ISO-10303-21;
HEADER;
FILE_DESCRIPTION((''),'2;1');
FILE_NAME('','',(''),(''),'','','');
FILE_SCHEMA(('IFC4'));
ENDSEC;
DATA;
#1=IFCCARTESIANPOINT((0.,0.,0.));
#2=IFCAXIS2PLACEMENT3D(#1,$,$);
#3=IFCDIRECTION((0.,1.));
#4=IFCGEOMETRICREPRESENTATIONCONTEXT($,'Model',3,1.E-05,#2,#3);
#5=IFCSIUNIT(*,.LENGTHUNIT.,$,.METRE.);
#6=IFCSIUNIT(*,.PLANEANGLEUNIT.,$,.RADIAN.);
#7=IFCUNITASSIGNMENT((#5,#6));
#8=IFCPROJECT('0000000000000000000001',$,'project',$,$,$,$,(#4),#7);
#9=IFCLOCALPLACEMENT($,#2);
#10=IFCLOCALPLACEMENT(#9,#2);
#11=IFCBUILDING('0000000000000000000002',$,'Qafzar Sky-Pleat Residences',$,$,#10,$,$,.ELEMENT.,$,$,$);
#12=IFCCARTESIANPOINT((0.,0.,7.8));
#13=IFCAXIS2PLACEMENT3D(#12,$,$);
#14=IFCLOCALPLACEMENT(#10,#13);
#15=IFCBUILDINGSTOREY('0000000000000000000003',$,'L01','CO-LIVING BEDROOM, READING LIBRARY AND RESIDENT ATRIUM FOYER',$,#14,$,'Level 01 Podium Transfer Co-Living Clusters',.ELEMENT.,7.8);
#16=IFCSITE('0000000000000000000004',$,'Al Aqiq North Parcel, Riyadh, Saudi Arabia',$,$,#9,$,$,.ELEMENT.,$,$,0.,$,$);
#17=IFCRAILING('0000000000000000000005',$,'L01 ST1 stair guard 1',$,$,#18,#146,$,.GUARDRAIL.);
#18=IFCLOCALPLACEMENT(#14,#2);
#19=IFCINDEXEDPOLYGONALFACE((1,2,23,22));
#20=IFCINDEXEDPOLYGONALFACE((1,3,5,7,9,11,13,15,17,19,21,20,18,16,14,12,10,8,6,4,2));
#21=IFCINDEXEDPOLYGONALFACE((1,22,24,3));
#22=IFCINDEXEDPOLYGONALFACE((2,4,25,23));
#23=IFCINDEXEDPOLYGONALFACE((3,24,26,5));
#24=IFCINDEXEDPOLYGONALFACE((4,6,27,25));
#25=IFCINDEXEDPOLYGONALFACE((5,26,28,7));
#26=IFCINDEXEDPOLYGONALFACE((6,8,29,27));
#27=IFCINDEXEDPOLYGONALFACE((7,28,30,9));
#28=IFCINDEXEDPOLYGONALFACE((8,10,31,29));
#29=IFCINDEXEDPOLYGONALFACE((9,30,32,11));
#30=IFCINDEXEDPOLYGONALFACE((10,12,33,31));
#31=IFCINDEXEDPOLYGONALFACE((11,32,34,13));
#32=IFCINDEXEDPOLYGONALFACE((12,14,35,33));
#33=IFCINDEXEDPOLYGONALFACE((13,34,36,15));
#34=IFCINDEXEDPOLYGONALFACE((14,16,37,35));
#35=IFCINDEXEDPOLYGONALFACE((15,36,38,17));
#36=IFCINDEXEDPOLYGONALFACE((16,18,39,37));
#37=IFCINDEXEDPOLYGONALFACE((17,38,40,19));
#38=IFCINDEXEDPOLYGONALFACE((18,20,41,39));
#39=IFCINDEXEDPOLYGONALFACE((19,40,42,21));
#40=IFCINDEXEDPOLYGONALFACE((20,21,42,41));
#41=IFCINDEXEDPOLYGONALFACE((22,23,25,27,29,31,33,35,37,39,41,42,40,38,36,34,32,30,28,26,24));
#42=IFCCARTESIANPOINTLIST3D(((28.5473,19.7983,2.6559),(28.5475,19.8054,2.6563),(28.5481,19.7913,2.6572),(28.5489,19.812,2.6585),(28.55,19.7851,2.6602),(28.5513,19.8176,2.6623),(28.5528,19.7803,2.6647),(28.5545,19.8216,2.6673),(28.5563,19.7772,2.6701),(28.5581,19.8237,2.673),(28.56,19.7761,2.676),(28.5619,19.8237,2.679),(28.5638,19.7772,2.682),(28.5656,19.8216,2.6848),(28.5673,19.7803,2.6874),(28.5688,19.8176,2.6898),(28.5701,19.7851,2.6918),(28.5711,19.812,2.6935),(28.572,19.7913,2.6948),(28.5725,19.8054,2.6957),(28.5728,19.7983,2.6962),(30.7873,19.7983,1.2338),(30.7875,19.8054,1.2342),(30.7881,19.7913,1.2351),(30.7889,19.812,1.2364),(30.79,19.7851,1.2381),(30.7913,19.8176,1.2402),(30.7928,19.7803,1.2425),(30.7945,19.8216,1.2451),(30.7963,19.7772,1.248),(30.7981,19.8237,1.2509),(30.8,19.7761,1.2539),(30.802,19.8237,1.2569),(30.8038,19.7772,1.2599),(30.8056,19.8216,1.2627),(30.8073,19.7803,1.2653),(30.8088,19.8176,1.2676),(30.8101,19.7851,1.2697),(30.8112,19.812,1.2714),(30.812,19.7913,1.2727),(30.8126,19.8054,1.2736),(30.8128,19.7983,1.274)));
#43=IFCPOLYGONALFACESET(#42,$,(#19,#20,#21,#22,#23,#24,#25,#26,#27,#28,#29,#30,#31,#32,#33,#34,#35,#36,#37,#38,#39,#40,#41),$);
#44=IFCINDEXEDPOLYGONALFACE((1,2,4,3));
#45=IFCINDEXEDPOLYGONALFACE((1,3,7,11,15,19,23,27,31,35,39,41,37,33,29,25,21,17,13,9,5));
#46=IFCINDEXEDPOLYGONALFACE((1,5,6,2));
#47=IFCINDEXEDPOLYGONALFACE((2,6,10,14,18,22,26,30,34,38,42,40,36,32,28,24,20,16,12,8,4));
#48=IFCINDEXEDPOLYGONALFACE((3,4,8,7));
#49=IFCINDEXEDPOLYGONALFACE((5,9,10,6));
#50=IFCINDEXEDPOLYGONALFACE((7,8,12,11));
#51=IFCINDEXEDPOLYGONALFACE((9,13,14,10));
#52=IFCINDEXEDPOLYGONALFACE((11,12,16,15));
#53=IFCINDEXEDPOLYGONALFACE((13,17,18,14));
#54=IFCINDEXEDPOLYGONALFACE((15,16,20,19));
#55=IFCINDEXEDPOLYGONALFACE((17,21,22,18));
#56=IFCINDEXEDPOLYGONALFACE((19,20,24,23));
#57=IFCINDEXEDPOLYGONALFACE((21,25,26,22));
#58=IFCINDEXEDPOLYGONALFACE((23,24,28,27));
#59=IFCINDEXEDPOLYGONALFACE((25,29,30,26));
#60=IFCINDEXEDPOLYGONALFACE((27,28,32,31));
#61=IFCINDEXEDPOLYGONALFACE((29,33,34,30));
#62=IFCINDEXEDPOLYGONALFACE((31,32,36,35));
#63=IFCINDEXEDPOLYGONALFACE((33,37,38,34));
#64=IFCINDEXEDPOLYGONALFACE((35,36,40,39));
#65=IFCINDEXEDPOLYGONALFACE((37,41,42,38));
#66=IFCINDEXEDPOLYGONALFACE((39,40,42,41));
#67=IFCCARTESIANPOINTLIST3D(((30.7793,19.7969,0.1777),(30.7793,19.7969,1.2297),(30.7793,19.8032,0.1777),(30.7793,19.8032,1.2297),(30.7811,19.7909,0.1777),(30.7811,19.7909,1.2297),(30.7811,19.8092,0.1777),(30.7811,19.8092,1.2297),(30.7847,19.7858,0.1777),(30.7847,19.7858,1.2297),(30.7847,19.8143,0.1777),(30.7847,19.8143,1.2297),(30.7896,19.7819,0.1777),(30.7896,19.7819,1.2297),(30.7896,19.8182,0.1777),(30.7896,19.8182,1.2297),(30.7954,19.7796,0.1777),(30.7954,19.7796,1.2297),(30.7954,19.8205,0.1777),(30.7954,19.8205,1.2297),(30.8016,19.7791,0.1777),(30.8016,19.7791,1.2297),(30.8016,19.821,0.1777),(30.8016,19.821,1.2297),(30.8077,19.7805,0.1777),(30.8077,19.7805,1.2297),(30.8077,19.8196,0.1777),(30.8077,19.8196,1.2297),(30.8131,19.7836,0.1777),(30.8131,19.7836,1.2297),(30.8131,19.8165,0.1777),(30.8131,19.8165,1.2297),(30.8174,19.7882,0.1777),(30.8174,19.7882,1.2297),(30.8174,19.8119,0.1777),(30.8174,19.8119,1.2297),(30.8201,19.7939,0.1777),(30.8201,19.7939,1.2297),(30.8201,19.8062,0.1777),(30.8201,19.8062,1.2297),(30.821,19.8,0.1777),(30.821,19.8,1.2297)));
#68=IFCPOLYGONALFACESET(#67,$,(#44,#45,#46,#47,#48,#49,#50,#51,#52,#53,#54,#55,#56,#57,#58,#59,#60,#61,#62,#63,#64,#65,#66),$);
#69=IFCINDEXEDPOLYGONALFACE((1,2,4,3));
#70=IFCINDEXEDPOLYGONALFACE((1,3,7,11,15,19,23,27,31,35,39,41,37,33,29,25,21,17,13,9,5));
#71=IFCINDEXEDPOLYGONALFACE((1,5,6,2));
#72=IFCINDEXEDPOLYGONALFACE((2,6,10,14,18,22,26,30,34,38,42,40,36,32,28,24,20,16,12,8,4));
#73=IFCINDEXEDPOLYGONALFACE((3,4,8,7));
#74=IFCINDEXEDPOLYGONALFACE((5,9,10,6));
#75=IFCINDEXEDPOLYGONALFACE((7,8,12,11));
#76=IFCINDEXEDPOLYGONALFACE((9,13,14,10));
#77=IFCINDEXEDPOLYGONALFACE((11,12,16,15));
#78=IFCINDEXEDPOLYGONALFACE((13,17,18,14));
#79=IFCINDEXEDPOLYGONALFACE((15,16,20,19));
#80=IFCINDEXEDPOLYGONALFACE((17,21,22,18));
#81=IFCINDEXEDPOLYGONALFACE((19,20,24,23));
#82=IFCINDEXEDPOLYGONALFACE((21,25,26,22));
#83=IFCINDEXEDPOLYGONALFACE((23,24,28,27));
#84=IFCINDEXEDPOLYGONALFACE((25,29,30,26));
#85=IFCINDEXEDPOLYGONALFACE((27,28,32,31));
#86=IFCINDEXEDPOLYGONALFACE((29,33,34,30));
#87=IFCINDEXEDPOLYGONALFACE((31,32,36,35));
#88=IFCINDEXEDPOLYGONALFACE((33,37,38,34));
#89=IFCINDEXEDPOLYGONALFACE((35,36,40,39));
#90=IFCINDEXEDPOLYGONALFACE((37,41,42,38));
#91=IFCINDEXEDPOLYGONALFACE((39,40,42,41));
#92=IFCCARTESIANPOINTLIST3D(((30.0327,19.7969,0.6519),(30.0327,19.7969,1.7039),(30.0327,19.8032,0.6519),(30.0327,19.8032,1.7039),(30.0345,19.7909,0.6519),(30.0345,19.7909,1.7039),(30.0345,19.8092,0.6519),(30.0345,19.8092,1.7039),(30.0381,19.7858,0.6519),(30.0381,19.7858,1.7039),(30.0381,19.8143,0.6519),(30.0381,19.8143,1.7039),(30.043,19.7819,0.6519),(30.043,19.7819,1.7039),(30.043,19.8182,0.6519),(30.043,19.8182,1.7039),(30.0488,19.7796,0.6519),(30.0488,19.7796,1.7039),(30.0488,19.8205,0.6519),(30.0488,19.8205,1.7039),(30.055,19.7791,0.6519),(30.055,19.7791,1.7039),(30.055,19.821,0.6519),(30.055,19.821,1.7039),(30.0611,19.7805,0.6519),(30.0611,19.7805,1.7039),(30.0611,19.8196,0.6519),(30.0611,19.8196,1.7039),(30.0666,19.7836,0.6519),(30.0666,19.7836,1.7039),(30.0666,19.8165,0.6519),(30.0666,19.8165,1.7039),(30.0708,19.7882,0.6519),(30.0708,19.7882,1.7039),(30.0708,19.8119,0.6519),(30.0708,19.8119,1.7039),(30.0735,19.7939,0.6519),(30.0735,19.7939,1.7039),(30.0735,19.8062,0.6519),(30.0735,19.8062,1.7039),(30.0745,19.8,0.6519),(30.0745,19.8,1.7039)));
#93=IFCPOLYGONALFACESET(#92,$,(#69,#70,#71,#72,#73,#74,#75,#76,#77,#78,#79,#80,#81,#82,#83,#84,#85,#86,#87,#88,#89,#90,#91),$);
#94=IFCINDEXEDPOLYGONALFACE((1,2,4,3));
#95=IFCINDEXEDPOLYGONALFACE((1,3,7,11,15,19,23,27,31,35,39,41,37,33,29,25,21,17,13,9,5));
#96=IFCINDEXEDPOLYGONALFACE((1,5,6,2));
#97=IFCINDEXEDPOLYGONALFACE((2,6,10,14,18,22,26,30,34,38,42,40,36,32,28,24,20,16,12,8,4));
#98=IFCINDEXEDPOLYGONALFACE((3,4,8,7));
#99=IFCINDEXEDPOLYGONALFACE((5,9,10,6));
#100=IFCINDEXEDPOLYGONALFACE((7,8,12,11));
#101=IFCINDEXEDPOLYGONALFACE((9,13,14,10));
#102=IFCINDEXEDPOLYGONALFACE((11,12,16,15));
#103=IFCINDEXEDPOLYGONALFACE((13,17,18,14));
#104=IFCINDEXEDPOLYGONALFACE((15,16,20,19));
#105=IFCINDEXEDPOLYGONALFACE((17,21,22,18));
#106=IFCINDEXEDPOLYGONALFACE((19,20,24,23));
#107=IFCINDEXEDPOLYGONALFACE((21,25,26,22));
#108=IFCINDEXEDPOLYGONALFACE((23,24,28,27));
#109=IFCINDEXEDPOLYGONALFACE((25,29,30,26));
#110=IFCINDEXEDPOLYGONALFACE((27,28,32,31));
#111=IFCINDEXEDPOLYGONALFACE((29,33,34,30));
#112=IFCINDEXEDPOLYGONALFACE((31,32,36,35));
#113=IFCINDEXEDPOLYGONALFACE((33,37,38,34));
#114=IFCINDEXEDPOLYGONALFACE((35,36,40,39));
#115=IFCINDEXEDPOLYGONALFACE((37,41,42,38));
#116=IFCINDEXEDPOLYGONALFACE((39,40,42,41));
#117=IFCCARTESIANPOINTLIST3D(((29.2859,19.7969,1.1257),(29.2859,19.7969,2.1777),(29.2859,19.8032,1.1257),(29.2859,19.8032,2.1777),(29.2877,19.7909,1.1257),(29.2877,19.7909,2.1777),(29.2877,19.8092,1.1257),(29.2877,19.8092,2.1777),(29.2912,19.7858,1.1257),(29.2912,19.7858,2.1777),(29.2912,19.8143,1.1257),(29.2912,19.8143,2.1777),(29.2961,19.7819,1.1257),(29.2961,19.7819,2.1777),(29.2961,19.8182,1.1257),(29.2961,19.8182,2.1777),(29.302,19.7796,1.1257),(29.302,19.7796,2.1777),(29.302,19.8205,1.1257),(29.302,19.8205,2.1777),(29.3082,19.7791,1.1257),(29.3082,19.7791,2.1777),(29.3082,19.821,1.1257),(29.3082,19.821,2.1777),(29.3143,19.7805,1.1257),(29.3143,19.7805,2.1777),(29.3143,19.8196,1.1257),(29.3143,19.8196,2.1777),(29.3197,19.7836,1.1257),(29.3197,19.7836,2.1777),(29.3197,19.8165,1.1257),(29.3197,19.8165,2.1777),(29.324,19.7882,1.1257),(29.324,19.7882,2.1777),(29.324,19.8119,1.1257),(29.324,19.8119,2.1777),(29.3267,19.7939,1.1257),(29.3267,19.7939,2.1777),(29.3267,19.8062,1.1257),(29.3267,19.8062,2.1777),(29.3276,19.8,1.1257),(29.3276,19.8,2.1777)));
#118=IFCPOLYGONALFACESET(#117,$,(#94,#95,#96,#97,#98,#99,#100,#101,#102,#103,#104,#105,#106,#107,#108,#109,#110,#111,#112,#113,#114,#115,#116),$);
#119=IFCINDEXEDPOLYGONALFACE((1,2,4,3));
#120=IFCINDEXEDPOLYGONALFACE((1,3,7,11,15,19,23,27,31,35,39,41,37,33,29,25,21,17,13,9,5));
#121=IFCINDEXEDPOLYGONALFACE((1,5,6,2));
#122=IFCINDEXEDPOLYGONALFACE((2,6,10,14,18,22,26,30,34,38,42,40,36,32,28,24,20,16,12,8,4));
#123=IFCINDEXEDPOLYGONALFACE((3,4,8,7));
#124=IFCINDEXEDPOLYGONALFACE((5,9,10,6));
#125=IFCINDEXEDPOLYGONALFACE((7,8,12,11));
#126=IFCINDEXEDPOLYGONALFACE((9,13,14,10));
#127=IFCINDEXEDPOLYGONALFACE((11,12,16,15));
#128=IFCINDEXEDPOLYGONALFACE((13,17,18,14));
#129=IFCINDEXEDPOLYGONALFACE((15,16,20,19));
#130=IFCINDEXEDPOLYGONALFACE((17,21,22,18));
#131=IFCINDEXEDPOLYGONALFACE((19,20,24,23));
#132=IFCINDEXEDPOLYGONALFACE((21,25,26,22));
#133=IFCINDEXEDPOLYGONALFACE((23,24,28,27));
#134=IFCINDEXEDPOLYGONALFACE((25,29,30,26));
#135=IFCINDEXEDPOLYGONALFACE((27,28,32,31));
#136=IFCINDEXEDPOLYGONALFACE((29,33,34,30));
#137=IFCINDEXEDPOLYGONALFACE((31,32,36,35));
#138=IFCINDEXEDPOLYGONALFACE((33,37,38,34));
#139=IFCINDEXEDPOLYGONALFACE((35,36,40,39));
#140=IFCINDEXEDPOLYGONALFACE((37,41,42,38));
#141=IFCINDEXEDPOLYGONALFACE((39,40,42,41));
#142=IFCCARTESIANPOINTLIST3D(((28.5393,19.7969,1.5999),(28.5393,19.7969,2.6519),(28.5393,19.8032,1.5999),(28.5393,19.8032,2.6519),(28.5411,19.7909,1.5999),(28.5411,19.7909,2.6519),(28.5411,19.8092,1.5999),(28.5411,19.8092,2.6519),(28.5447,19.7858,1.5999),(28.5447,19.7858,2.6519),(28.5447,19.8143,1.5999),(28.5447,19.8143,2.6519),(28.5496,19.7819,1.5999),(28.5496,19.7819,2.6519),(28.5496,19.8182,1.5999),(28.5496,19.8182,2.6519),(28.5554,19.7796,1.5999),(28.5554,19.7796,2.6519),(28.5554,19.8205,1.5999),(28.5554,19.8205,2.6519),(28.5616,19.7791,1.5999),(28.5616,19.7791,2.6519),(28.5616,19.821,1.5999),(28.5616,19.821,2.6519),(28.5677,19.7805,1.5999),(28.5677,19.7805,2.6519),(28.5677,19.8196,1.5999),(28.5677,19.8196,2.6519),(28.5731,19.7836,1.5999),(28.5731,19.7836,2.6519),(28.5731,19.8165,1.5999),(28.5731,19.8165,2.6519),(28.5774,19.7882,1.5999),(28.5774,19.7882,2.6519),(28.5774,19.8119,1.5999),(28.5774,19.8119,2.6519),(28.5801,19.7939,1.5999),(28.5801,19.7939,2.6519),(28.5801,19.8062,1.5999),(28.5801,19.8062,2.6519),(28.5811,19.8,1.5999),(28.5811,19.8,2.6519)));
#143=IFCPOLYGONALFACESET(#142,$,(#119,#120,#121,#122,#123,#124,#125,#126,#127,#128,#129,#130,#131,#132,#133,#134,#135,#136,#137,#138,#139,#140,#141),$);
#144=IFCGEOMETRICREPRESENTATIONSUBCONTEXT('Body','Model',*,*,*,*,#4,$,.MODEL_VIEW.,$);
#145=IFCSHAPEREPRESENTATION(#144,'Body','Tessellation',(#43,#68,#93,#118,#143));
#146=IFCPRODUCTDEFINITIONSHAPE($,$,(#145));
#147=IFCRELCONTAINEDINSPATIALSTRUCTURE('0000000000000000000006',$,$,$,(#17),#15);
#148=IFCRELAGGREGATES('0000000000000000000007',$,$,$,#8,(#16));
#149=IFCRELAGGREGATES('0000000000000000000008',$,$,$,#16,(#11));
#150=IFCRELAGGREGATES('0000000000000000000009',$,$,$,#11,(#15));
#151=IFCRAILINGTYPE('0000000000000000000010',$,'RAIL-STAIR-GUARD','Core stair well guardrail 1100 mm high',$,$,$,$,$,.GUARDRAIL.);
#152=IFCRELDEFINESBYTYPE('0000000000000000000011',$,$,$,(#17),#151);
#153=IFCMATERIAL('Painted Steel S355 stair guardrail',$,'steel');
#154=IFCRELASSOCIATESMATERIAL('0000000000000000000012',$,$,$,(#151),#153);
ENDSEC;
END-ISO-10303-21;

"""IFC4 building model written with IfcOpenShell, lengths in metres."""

from ifc_helpers import new_model, si_unit, direction, frame, origin, origin_2d, place, context, subcontext, project, spatial, circle, extrude, source, transform, mapped, material, type_object, element, save


model = new_model("IFC4")

# Units and contexts
model_context = context("Model", 3, precision=1e-05, world=origin(), true_north=direction((0.0, 1.0)))
body_context = subcontext(model_context, "Body", "Model", "MODEL_VIEW")
ifc_project = project(units=[si_unit("LENGTHUNIT", "METRE"), si_unit("PLANEANGLEUNIT", "RADIAN")], contexts=[model_context])

# Site, building, storey
site_placement = place(None, origin())
site = spatial("IfcSite", under=ifc_project, at=site_placement, Name="Al Aqiq North Parcel, Riyadh, Saudi Arabia", CompositionType="ELEMENT", RefElevation=0.0)
building_placement = place(site_placement, origin())
building = spatial("IfcBuilding", under=site, at=building_placement, Name="Qafzar Sky-Pleat Residences", CompositionType="ELEMENT")
storey_placement = place(building_placement, frame((0.0, 0.0, 7.8)))
storey = spatial("IfcBuildingStorey", under=building, at=storey_placement, Name="L01", Description="CO-LIVING BEDROOM, READING LIBRARY AND RESIDENT ATRIUM FOYER", LongName="Level 01 Podium Transfer Co-Living Clusters", CompositionType="ELEMENT", Elevation=7.8)

# Railing
ifc_material_1 = material(Name="Painted Steel S355 stair guardrail", Category="steel")
railing_type_1 = type_object("IfcRailingType", Name="RAIL-STAIR-GUARD", Description="Core stair well guardrail 1100 mm high", PredefinedType="GUARDRAIL", material=ifc_material_1)
shared_shape_1 = source(origin(), body_context, "Body", "SweptSolid", [
    extrude(circle(Radius=0.0239, at=origin_2d()), frame((0.0, 0.0, 1.0762), z_axis=(-0.844229, 0.0, 0.535982), x_axis=(0.0, -1.0, 0.0)), (0.0, 0.0, 1.0), 2.6533),
    extrude(circle(Radius=0.021, at=origin_2d()), origin(), (0.0, 0.0, 1.0), 1.052),
    extrude(circle(Radius=0.021, at=origin_2d()), frame((-0.7466, 0.0, 0.4741)), (0.0, 0.0, 1.0), 1.052),
    extrude(circle(Radius=0.021, at=origin_2d()), frame((-1.4934, 0.0, 0.948)), (0.0, 0.0, 1.0), 1.052),
    extrude(circle(Radius=0.021, at=origin_2d()), frame((-2.24, 0.0, 1.4221)), (0.0, 0.0, 1.0), 1.052),
])
railing_1_placement = place(storey_placement, frame((30.8, 19.8, 0.1777)))
element("IfcRailing", 1, at=railing_1_placement, inside=storey, type_object=railing_type_1, Name="L01 ST1 stair guard 1", PredefinedType="GUARDRAIL", context=body_context, shape_type="MappedRepresentation", body=[
    mapped(shared_shape_1, transform((0.0, 0.0, 0.0), x_axis=(1.0, 0.0, 0.0), y_axis=(0.0, 1.0, 0.0), z_axis=(0.0, 0.0, 1.0), scale=1.0)),
])

save(model, "model.ifc")
